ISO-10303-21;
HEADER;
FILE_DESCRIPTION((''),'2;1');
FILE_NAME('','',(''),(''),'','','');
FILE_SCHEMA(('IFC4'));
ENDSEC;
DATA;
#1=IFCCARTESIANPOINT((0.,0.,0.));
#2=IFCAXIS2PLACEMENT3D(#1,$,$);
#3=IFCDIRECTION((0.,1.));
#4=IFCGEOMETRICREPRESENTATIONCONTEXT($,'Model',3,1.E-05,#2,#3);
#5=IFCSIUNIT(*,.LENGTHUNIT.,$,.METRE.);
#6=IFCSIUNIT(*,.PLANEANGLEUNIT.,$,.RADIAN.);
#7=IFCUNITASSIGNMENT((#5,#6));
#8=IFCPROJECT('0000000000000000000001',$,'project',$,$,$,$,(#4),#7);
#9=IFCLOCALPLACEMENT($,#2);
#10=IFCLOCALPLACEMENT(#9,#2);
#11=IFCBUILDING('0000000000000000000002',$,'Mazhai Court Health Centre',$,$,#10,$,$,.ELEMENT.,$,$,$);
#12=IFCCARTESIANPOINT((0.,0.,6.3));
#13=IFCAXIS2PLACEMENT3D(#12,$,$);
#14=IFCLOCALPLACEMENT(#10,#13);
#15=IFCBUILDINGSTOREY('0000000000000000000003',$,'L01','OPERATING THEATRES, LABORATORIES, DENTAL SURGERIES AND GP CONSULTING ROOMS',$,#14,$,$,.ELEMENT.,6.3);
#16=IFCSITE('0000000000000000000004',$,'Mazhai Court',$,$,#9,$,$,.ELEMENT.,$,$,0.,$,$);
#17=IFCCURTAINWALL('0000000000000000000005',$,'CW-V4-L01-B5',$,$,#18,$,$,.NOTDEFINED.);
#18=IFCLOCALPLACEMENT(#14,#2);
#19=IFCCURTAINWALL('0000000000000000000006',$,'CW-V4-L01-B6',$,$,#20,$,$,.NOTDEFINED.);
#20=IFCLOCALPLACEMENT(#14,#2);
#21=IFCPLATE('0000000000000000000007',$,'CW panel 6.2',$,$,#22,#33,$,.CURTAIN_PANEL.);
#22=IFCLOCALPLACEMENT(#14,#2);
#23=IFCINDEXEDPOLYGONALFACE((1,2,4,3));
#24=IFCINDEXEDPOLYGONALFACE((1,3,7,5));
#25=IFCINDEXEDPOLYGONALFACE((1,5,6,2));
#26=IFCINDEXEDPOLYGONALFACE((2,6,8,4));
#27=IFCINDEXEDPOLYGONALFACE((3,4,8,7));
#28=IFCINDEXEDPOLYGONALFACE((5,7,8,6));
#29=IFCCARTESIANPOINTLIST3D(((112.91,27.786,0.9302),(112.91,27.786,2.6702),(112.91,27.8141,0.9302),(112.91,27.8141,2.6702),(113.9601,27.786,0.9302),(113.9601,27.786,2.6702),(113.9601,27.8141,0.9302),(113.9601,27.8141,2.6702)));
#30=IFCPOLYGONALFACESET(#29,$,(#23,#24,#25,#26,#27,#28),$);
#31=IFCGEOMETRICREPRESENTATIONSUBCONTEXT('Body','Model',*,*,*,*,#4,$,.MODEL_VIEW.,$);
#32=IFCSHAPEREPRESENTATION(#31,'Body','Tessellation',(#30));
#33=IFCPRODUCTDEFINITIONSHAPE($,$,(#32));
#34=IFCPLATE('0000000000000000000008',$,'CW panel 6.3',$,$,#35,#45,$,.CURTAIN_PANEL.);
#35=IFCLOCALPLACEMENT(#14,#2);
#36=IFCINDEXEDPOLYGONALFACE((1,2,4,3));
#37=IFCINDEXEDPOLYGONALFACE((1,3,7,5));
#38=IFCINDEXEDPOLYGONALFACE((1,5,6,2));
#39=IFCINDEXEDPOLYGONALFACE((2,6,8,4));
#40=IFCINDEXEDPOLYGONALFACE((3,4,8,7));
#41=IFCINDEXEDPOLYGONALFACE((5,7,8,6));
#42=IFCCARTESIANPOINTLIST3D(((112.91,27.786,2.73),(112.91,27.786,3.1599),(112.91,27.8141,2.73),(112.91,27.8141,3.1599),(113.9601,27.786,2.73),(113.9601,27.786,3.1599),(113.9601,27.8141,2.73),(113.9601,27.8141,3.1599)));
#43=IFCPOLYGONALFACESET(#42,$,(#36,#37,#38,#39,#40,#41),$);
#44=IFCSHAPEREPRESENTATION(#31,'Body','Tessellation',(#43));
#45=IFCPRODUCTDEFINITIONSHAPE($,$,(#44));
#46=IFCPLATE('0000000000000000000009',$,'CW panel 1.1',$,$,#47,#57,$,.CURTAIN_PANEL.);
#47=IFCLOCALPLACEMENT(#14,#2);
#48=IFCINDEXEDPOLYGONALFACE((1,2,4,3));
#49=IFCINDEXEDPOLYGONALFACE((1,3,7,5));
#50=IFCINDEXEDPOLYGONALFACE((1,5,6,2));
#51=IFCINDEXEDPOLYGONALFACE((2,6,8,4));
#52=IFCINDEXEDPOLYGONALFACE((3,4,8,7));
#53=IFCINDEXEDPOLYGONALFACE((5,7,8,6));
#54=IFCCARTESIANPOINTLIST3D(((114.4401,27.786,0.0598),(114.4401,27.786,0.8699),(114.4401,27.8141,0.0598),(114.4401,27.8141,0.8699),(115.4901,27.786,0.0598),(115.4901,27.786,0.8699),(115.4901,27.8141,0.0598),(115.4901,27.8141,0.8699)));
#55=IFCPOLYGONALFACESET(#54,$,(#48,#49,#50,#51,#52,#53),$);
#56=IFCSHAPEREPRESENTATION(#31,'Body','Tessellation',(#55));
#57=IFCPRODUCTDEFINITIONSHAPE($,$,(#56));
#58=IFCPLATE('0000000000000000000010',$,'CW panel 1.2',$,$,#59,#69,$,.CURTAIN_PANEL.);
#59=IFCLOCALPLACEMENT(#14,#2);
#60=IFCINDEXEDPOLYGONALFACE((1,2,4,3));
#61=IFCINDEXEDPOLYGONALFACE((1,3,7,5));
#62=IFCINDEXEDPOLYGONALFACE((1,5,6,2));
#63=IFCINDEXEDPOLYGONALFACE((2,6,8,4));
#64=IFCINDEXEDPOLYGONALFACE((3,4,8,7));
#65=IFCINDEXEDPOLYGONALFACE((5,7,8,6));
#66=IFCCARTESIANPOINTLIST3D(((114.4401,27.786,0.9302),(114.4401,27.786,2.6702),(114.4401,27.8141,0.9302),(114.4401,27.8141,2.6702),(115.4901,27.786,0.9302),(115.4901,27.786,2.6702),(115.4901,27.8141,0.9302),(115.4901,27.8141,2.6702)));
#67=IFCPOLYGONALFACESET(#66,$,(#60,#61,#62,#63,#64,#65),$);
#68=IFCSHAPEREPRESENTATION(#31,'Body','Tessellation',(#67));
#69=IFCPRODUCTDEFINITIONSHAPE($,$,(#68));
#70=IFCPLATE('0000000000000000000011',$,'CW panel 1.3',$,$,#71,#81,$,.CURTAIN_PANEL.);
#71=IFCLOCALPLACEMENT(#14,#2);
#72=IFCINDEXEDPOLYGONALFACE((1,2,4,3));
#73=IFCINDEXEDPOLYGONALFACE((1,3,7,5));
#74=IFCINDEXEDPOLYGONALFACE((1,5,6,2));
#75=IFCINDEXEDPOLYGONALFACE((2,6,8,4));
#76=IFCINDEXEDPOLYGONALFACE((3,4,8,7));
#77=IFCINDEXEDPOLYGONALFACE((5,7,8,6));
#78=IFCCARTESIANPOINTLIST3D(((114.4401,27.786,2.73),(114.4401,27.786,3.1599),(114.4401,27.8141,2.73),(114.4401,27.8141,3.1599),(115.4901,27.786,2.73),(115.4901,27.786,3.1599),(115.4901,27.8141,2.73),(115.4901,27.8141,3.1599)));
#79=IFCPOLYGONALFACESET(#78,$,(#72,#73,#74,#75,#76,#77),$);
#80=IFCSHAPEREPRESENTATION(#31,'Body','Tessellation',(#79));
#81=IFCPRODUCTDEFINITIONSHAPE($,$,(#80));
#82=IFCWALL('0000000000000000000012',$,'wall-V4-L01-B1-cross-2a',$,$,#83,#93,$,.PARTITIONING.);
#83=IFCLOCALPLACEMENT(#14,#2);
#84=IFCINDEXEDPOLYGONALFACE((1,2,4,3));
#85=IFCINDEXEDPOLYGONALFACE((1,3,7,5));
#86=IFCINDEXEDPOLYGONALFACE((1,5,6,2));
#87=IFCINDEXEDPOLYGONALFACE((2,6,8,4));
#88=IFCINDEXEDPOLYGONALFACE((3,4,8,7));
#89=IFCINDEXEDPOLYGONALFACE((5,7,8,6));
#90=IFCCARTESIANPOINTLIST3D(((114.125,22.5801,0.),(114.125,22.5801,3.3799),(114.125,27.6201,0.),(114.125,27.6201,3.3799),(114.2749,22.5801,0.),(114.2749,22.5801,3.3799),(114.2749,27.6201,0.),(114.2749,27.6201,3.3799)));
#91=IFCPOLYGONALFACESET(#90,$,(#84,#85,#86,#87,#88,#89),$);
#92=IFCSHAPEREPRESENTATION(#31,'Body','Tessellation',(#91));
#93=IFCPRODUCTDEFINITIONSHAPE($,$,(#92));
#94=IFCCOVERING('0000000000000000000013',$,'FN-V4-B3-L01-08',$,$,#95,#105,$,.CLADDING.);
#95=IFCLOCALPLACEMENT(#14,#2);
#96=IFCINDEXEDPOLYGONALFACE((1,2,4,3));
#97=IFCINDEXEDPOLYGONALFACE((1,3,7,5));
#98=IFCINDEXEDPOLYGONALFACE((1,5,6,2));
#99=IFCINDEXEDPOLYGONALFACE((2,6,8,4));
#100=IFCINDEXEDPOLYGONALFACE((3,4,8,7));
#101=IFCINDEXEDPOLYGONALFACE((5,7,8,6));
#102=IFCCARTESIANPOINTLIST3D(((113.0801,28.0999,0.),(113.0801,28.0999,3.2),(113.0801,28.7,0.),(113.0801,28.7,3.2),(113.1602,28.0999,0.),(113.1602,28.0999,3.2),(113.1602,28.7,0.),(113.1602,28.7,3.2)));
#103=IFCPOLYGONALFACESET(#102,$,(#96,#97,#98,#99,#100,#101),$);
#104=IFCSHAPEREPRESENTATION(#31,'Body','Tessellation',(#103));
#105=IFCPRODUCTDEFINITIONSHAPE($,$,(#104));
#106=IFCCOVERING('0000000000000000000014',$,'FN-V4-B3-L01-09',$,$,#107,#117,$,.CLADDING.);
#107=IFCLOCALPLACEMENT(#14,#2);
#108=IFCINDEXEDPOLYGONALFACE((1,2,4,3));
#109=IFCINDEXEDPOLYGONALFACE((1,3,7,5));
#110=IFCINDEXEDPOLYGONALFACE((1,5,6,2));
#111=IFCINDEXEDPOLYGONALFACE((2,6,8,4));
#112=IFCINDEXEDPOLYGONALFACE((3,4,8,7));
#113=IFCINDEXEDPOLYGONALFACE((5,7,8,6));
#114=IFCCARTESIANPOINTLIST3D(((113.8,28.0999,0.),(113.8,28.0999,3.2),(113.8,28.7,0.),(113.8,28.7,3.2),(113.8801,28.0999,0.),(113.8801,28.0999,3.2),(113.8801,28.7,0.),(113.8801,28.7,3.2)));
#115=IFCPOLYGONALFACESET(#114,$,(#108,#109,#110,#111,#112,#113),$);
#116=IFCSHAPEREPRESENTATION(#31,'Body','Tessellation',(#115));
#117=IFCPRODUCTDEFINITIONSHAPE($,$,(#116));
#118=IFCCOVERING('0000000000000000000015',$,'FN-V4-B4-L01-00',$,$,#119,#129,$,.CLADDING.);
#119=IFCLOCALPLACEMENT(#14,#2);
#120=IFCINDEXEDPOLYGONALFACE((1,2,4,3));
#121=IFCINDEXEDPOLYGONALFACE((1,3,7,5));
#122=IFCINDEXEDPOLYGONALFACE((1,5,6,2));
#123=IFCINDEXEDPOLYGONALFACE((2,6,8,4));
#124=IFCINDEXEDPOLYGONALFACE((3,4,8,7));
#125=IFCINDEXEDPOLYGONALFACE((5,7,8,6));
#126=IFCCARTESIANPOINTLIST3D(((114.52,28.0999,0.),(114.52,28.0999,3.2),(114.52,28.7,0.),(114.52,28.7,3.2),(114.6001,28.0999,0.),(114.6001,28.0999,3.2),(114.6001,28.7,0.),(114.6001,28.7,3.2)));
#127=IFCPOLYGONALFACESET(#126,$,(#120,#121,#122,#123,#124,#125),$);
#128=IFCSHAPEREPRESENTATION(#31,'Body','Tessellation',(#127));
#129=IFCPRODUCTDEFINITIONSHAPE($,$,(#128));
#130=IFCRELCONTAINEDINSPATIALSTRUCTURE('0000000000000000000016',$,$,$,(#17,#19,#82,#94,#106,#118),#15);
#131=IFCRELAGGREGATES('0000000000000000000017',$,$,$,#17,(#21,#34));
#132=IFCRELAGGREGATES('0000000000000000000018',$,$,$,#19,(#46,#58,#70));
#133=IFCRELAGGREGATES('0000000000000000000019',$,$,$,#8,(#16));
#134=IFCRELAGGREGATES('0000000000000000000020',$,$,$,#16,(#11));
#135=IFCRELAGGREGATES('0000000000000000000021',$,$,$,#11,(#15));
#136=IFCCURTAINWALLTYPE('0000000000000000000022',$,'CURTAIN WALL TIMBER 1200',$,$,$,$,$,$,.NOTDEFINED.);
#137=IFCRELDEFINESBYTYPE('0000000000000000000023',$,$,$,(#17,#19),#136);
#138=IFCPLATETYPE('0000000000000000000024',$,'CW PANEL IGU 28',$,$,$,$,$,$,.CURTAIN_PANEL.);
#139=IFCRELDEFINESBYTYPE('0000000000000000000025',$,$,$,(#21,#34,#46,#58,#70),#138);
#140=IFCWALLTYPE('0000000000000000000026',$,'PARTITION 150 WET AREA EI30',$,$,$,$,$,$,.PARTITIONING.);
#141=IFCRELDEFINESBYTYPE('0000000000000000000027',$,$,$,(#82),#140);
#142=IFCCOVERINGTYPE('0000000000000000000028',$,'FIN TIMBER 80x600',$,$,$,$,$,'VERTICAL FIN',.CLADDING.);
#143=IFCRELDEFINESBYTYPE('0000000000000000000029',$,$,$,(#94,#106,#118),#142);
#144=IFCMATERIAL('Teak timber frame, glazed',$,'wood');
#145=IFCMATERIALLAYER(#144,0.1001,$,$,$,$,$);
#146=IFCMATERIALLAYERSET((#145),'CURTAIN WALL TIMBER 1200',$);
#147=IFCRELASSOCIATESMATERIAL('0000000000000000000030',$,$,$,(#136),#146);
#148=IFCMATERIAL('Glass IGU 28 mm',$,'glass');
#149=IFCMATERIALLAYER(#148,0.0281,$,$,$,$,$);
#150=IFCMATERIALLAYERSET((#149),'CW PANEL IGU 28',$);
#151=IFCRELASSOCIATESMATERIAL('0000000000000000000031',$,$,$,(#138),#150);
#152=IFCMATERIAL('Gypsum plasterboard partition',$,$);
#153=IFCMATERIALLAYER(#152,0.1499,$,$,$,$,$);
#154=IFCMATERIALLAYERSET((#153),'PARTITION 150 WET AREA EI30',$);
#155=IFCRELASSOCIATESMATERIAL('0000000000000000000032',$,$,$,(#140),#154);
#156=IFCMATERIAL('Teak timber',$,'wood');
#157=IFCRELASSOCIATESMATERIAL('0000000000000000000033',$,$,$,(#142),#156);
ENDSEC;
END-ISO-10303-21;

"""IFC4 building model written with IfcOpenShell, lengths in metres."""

from ifc_helpers import new_model, si_unit, direction, frame, frame_2d, origin, origin_2d, place, context, subcontext, project, spatial, rectangle, extrude, material, layer, layer_set, type_object, element, aggregate, save


model = new_model("IFC4")

# Units and contexts
model_context = context("Model", 3, precision=1e-05, world=origin(), true_north=direction((0.0, 1.0)))
body_context = subcontext(model_context, "Body", "Model", "MODEL_VIEW")
ifc_project = project(units=[si_unit("LENGTHUNIT", "METRE"), si_unit("PLANEANGLEUNIT", "RADIAN")], contexts=[model_context])

# Site, building, storey
site_placement = place(None, origin())
site = spatial("IfcSite", under=ifc_project, at=site_placement, Name="Mazhai Court", CompositionType="ELEMENT", RefElevation=0.0)
building_placement = place(site_placement, origin())
building = spatial("IfcBuilding", under=site, at=building_placement, Name="Mazhai Court Health Centre", CompositionType="ELEMENT")
storey_placement = place(building_placement, frame((0.0, 0.0, 6.3)))
storey = spatial("IfcBuildingStorey", under=building, at=storey_placement, Name="L01", Description="OPERATING THEATRES, LABORATORIES, DENTAL SURGERIES AND GP CONSULTING ROOMS", CompositionType="ELEMENT", Elevation=6.3)

# Curtain wall
ifc_material_1 = material(Name="Teak timber frame, glazed", Category="wood")
ifc_layer_1 = layer(ifc_material_1, 0.1001)
ifc_layer_set_1 = layer_set([ifc_layer_1], Name="CURTAIN WALL TIMBER 1200")
curtain_wall_type = type_object("IfcCurtainWallType", Name="CURTAIN WALL TIMBER 1200", PredefinedType="NOTDEFINED", material=ifc_layer_set_1)
curtain_wall_1_placement = place(storey_placement, origin())
curtain_wall_1 = element("IfcCurtainWall", 1, at=curtain_wall_1_placement, inside=storey, type_object=curtain_wall_type, Name="CW-V4-L01-B5", PredefinedType="NOTDEFINED")

# Curtain wall
curtain_wall_2_placement = place(storey_placement, origin())
curtain_wall_2 = element("IfcCurtainWall", 2, at=curtain_wall_2_placement, inside=storey, type_object=curtain_wall_type, Name="CW-V4-L01-B6", PredefinedType="NOTDEFINED")

# Plates
ifc_material_2 = material(Name="Glass IGU 28 mm", Category="glass")
ifc_layer_2 = layer(ifc_material_2, 0.0281)
ifc_layer_set_2 = layer_set([ifc_layer_2], Name="CW PANEL IGU 28")
plate_type = type_object("IfcPlateType", Name="CW PANEL IGU 28", PredefinedType="CURTAIN_PANEL", material=ifc_layer_set_2)
plate_1_placement = place(storey_placement, frame((113.4351, 27.8, 0.9302), z_axis=(0.0, 0.0, 1.0), x_axis=(1.0, 0.0, 0.0)))
plate_1 = element("IfcPlate", 3, at=plate_1_placement, type_object=plate_type, Name="CW panel 6.2", PredefinedType="CURTAIN_PANEL", context=body_context, shape_type="SweptSolid", body=[
    extrude(rectangle(XDim=1.05, YDim=0.0281, at=origin_2d()), origin(), (0.0, 0.0, 1.0), 1.74),
])
plate_2_placement = place(storey_placement, frame((113.4351, 27.8, 2.73), z_axis=(0.0, 0.0, 1.0), x_axis=(1.0, 0.0, 0.0)))
plate_2 = element("IfcPlate", 4, at=plate_2_placement, type_object=plate_type, Name="CW panel 6.3", PredefinedType="CURTAIN_PANEL", context=body_context, shape_type="SweptSolid", body=[
    extrude(rectangle(XDim=1.05, YDim=0.0281, at=origin_2d()), origin(), (0.0, 0.0, 1.0), 0.4299),
])
aggregate(curtain_wall_1, [plate_1, plate_2])
plate_3_placement = place(storey_placement, frame((114.9651, 27.8, 0.0598), z_axis=(0.0, 0.0, 1.0), x_axis=(1.0, 0.0, 0.0)))
plate_3 = element("IfcPlate", 5, at=plate_3_placement, type_object=plate_type, Name="CW panel 1.1", PredefinedType="CURTAIN_PANEL", context=body_context, shape_type="SweptSolid", body=[
    extrude(rectangle(XDim=1.05, YDim=0.0281, at=origin_2d()), origin(), (0.0, 0.0, 1.0), 0.8101),
])
plate_4_placement = place(storey_placement, frame((114.9651, 27.8, 0.9302), z_axis=(0.0, 0.0, 1.0), x_axis=(1.0, 0.0, 0.0)))
plate_4 = element("IfcPlate", 6, at=plate_4_placement, type_object=plate_type, Name="CW panel 1.2", PredefinedType="CURTAIN_PANEL", context=body_context, shape_type="SweptSolid", body=[
    extrude(rectangle(XDim=1.05, YDim=0.0281, at=origin_2d()), origin(), (0.0, 0.0, 1.0), 1.74),
])
plate_5_placement = place(storey_placement, frame((114.9651, 27.8, 2.73), z_axis=(0.0, 0.0, 1.0), x_axis=(1.0, 0.0, 0.0)))
plate_5 = element("IfcPlate", 7, at=plate_5_placement, type_object=plate_type, Name="CW panel 1.3", PredefinedType="CURTAIN_PANEL", context=body_context, shape_type="SweptSolid", body=[
    extrude(rectangle(XDim=1.05, YDim=0.0281, at=origin_2d()), origin(), (0.0, 0.0, 1.0), 0.4299),
])
aggregate(curtain_wall_2, [plate_3, plate_4, plate_5])

# Wall
ifc_material_3 = material(Name="Gypsum plasterboard partition")
ifc_layer_3 = layer(ifc_material_3, 0.1499)
ifc_layer_set_3 = layer_set([ifc_layer_3], Name="PARTITION 150 WET AREA EI30")
wall_type = type_object("IfcWallType", Name="PARTITION 150 WET AREA EI30", PredefinedType="PARTITIONING", material=ifc_layer_set_3)
wall_placement = place(storey_placement, frame((114.2, 27.6201, 0.0), z_axis=(0.0, 0.0, 1.0), x_axis=(0.0, -1.0, 0.0)))
element("IfcWall", 8, at=wall_placement, inside=storey, type_object=wall_type, Name="wall-V4-L01-B1-cross-2a", PredefinedType="PARTITIONING", context=body_context, shape_type="SweptSolid", body=[
    extrude(rectangle(XDim=5.04, YDim=0.1499, at=frame_2d((2.52, 0.0))), origin(), (0.0, 0.0, 1.0), 3.3799),
])

# Coverings
ifc_material_4 = material(Name="Teak timber", Category="wood")
covering_type = type_object("IfcCoveringType", Name="FIN TIMBER 80x600", ElementType="VERTICAL FIN", PredefinedType="CLADDING", material=ifc_material_4)
for number, where, z_axis, x_axis, name in (
    (9, (113.1201, 28.3999, 0.0), (0.0, 0.0, 1.0), (1.0, 0.0, 0.0), "FN-V4-B3-L01-08"),
    (10, (113.8401, 28.3999, 0.0), (0.0, 0.0, 1.0), (1.0, 0.0, 0.0), "FN-V4-B3-L01-09"),
    (11, (114.5601, 28.3999, 0.0), (0.0, 0.0, 1.0), (1.0, 0.0, 0.0), "FN-V4-B4-L01-00"),
):
    element("IfcCovering", number, at=place(storey_placement, frame(where, z_axis=z_axis, x_axis=x_axis)), inside=storey, type_object=covering_type, Name=name, PredefinedType="CLADDING", context=body_context, shape_type="SweptSolid", body=[
        extrude(rectangle(XDim=0.0801, YDim=0.6001, at=origin_2d()), origin(), (0.0, 0.0, 1.0), 3.2),
    ])

save(model, "model.ifc")
